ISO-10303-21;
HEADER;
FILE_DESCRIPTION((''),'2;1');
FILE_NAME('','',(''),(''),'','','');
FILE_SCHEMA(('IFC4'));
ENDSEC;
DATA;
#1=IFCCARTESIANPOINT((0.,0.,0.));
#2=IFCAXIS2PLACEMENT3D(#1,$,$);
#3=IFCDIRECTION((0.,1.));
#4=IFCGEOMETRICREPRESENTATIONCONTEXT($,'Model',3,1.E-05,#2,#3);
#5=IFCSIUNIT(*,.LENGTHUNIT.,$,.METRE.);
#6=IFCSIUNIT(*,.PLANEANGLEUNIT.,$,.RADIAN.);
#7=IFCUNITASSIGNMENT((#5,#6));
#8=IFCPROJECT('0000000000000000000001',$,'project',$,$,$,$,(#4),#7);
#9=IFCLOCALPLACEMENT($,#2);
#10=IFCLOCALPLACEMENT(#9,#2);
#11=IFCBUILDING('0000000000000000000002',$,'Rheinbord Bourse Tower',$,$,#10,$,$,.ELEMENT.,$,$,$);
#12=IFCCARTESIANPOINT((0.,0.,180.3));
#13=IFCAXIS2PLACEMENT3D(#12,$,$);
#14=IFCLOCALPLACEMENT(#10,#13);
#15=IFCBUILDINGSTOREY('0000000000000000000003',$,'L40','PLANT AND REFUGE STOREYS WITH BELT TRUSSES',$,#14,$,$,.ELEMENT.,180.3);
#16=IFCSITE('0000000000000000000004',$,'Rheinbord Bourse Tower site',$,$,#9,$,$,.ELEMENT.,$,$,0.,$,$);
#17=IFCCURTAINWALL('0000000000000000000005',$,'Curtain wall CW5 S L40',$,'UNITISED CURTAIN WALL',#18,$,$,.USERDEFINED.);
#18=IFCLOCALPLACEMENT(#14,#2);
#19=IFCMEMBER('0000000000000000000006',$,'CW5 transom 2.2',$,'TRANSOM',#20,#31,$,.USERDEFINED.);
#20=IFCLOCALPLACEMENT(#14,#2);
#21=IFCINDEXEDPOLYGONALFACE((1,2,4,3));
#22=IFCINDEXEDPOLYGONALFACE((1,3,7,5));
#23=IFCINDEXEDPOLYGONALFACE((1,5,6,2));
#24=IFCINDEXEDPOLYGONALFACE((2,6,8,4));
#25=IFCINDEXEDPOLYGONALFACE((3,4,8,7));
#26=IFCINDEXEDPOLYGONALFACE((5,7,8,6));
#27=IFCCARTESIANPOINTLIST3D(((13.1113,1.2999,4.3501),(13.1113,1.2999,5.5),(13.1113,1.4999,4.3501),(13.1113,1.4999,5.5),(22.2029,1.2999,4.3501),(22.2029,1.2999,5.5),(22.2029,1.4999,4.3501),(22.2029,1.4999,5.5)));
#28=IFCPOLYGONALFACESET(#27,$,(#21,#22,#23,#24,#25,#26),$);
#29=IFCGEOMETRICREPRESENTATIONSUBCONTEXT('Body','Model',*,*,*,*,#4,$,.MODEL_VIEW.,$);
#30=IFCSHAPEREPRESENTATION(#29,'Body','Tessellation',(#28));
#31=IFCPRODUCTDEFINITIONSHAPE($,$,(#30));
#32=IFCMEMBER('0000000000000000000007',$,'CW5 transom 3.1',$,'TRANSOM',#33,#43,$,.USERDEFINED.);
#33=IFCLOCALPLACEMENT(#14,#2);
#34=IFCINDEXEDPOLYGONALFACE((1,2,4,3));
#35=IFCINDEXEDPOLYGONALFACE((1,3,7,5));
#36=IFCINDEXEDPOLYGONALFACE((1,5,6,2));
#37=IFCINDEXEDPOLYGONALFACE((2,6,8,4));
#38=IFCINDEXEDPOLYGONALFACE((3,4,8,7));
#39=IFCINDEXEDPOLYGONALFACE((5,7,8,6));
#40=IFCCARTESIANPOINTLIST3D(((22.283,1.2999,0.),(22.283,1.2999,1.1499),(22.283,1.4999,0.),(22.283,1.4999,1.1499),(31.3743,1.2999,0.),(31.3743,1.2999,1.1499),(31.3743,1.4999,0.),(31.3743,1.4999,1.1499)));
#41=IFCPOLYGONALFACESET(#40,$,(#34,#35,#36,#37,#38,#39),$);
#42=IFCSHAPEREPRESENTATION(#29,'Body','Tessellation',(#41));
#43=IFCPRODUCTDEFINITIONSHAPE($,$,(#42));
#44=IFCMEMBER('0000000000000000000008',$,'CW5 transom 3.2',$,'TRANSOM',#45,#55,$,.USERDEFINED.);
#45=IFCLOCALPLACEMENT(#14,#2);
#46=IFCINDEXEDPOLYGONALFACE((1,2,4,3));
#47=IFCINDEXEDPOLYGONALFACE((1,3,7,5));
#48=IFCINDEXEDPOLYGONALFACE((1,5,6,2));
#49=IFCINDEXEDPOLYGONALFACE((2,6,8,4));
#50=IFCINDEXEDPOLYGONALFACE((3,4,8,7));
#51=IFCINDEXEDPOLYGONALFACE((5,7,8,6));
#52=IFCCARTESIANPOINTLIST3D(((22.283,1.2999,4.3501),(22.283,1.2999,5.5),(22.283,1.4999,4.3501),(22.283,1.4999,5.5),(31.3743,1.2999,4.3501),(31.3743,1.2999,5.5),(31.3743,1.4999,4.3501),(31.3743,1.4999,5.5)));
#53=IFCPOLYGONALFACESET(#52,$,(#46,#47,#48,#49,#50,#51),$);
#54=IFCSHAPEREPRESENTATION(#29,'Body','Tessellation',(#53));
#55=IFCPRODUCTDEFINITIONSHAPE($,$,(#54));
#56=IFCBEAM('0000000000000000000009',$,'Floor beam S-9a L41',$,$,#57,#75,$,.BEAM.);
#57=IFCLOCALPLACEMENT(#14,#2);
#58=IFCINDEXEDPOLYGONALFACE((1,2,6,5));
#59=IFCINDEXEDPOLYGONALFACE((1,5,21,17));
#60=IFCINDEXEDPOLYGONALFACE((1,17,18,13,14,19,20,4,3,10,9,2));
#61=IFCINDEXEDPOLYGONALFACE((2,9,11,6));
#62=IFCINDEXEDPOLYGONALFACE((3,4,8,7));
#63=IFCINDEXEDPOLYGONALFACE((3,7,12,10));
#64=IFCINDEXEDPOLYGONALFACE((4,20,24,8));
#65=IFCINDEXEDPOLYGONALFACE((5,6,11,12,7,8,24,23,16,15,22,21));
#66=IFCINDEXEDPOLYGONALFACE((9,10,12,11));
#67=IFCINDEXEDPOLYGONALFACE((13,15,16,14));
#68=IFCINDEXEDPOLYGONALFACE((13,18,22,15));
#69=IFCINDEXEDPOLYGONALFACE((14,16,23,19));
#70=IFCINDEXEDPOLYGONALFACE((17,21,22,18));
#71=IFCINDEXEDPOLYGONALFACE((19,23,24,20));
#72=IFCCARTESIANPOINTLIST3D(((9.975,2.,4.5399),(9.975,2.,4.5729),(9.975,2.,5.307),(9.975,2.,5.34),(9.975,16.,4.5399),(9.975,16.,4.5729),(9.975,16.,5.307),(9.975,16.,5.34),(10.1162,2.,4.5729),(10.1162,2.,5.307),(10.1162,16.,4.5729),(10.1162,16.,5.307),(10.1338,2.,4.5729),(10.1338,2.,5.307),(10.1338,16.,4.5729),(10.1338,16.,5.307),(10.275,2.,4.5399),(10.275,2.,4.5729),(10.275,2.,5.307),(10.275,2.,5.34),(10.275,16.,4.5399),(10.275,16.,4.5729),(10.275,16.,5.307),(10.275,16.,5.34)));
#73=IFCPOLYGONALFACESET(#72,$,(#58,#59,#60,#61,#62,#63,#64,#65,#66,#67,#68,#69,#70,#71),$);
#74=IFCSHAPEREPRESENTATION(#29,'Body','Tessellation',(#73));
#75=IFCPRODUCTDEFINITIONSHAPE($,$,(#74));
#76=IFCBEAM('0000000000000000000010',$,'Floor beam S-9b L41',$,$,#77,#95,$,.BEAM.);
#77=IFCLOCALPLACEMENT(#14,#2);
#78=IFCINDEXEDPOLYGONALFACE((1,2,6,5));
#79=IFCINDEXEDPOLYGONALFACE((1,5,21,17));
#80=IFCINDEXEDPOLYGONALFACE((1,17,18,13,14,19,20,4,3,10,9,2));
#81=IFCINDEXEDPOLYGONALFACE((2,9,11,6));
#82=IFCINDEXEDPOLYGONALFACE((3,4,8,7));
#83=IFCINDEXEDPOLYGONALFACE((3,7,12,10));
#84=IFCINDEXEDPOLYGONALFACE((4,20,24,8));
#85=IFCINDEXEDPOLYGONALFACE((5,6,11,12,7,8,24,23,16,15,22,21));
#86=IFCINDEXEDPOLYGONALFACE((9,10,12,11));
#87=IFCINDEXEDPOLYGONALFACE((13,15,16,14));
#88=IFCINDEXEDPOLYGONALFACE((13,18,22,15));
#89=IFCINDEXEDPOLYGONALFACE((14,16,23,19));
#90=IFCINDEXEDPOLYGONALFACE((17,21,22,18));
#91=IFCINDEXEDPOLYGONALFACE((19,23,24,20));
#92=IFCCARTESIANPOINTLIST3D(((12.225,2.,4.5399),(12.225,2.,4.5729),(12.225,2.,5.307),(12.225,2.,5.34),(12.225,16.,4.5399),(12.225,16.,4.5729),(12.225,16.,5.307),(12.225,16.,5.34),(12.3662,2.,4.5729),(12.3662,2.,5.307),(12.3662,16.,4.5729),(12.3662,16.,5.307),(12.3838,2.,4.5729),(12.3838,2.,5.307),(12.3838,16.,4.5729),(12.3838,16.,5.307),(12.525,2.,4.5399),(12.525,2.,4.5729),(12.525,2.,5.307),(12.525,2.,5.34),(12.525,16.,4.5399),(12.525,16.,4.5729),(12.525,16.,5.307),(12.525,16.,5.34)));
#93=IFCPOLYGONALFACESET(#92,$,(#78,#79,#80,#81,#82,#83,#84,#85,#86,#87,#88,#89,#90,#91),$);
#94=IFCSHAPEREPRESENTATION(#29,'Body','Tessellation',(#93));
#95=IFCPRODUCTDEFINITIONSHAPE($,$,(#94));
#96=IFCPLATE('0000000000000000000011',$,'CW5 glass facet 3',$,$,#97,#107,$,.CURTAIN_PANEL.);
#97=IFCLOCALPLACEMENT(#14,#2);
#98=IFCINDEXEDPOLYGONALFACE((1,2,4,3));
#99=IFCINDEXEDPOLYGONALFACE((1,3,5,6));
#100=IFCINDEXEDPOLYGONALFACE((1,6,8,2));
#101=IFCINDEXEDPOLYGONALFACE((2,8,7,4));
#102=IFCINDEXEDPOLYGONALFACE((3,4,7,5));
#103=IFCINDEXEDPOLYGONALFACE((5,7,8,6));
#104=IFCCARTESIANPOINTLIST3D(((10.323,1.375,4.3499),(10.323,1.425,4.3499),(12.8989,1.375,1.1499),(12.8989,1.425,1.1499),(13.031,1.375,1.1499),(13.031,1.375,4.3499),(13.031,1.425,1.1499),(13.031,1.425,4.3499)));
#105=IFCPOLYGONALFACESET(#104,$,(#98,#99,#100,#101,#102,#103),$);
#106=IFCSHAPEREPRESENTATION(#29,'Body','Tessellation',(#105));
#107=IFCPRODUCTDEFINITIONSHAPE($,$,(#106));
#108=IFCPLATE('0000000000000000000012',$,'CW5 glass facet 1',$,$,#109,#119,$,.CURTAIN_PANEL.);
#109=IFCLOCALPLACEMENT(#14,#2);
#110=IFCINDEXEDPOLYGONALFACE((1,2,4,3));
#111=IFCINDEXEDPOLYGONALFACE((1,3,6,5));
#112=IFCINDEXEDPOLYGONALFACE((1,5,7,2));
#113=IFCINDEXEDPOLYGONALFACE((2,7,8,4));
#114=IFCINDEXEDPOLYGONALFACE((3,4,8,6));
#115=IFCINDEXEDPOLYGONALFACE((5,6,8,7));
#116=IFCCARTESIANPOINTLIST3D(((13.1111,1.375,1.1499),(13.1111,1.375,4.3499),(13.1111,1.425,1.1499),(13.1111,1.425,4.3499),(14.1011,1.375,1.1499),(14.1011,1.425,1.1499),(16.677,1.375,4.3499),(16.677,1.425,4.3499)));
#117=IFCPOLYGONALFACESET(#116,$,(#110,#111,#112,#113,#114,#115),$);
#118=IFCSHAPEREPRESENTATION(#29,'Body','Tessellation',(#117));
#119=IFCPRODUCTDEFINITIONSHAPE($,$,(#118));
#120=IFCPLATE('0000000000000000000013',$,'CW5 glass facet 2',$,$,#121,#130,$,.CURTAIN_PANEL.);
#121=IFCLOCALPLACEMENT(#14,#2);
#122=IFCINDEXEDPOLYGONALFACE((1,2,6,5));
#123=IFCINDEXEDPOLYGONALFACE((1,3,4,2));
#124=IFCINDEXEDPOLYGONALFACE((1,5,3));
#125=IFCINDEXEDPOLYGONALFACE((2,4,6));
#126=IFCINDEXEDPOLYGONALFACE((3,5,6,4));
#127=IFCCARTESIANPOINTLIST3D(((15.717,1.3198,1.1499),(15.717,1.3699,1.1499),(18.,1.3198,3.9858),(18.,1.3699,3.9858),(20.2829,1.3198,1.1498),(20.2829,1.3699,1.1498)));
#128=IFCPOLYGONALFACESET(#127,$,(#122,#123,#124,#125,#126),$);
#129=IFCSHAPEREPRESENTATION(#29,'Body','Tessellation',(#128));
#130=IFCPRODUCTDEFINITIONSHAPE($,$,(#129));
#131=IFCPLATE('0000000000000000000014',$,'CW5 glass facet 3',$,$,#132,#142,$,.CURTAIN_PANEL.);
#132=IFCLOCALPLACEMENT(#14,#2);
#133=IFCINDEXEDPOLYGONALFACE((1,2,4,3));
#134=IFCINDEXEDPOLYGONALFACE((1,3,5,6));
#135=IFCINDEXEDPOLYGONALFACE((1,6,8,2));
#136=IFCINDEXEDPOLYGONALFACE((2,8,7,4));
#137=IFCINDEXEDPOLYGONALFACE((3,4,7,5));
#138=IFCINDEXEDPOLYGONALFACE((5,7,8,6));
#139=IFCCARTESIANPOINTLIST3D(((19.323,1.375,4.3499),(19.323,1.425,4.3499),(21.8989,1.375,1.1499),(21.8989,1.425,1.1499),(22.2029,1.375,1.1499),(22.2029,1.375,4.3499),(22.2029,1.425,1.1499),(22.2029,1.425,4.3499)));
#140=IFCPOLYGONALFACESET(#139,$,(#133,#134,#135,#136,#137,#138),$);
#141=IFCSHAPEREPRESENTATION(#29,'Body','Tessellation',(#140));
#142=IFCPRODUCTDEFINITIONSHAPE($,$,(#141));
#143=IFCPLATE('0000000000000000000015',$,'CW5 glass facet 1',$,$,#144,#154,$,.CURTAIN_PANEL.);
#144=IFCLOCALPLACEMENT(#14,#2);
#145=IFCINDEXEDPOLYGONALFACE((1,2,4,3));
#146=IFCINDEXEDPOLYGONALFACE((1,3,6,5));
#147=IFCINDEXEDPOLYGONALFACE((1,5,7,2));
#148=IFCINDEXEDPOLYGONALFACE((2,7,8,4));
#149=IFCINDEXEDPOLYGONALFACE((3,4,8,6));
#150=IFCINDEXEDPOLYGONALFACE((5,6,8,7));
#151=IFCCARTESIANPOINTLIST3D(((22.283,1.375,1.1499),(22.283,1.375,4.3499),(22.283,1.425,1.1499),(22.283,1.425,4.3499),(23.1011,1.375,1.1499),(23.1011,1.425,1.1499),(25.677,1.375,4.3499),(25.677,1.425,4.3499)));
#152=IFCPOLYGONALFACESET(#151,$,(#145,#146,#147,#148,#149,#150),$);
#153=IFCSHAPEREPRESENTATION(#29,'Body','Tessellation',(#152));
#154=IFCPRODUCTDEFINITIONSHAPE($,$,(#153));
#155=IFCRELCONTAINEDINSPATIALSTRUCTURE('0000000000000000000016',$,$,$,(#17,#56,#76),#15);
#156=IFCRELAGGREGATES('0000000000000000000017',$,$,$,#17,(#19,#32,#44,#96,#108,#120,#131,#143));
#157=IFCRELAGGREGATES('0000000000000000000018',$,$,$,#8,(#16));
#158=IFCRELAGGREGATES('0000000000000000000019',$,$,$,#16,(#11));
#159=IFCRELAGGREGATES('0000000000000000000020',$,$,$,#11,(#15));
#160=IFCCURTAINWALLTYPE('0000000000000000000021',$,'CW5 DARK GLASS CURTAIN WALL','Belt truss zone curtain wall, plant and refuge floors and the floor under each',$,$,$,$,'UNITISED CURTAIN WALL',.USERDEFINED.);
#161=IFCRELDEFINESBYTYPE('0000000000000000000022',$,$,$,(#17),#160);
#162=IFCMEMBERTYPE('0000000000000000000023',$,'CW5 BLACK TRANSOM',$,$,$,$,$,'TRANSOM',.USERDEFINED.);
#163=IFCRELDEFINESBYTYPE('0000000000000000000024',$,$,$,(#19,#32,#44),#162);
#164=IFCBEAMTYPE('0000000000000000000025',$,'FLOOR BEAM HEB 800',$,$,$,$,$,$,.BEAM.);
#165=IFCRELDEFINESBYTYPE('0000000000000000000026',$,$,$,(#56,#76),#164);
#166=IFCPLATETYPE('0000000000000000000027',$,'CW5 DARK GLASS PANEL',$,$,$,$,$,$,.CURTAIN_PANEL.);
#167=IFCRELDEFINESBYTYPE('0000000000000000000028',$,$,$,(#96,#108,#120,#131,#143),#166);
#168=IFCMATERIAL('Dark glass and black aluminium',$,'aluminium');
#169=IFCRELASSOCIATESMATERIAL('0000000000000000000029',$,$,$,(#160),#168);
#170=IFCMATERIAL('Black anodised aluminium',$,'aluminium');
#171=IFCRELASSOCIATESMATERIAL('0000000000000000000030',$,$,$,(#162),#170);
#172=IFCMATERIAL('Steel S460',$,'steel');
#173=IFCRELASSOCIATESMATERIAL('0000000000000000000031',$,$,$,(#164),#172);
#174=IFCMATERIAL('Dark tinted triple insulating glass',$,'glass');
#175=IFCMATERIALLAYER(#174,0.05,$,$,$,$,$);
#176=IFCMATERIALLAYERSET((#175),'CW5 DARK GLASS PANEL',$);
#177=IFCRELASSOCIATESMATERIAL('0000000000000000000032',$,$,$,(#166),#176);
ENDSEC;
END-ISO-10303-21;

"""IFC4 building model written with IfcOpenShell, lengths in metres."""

from ifc_helpers import new_model, si_unit, direction, frame, origin, origin_2d, place, context, subcontext, project, spatial, polyline, rectangle, i_section, outline, extrude, material, layer, layer_set, material_profile, profile_set, type_object, element, aggregate, save


model = new_model("IFC4")

# Units and contexts
model_context = context("Model", 3, precision=1e-05, world=origin(), true_north=direction((0.0, 1.0)))
body_context = subcontext(model_context, "Body", "Model", "MODEL_VIEW")
ifc_project = project(units=[si_unit("LENGTHUNIT", "METRE"), si_unit("PLANEANGLEUNIT", "RADIAN")], contexts=[model_context])

# Site, building, storey
site_placement = place(None, origin())
site = spatial("IfcSite", under=ifc_project, at=site_placement, Name="Rheinbord Bourse Tower site", CompositionType="ELEMENT", RefElevation=0.0)
building_placement = place(site_placement, origin())
building = spatial("IfcBuilding", under=site, at=building_placement, Name="Rheinbord Bourse Tower", CompositionType="ELEMENT")
storey_placement = place(building_placement, frame((0.0, 0.0, 180.3)))
storey = spatial("IfcBuildingStorey", under=building, at=storey_placement, Name="L40", Description="PLANT AND REFUGE STOREYS WITH BELT TRUSSES", CompositionType="ELEMENT", Elevation=180.3)

# Curtain wall, members
ifc_material_1 = material(Name="Dark glass and black aluminium", Category="aluminium")
curtain_wall_type = type_object("IfcCurtainWallType", Name="CW5 DARK GLASS CURTAIN WALL", Description="Belt truss zone curtain wall, plant and refuge floors and the floor under each", ElementType="UNITISED CURTAIN WALL", PredefinedType="USERDEFINED", material=ifc_material_1)
curtain_wall_placement = place(storey_placement, origin())
curtain_wall = element("IfcCurtainWall", 1, at=curtain_wall_placement, inside=storey, type_object=curtain_wall_type, Name="Curtain wall CW5 S L40", ObjectType="UNITISED CURTAIN WALL", PredefinedType="USERDEFINED")
ifc_material_2 = material(Name="Black anodised aluminium", Category="aluminium")
ifc_material_profile_1 = material_profile(ifc_material_2, rectangle(XDim=0.2, YDim=1.1499, at=origin_2d()), Name="CW5 TRANSOM 1150x200")
ifc_profile_set_1 = profile_set([ifc_material_profile_1], Name="Black anodised aluminium")
member_type_1 = type_object("IfcMemberType", Name="CW5 BLACK TRANSOM", ElementType="TRANSOM", PredefinedType="USERDEFINED", material=ifc_profile_set_1)
member_1_placement = place(storey_placement, frame((13.1113, 1.3999, 4.925), z_axis=(1.0, 0.0, 0.0), x_axis=(0.0, 1.0, 0.0)))
member_1 = element("IfcMember", 2, at=member_1_placement, type_object=member_type_1, Name="CW5 transom 2.2", ObjectType="TRANSOM", PredefinedType="USERDEFINED", context=body_context, shape_type="SweptSolid", body=[
    extrude(rectangle(XDim=0.2, YDim=1.1499, at=origin_2d()), origin(), (0.0, 0.0, 1.0), 9.0916),
])
member_2_placement = place(storey_placement, frame((22.283, 1.3999, 0.575), z_axis=(1.0, 0.0, 0.0), x_axis=(0.0, 1.0, 0.0)))
member_2 = element("IfcMember", 3, at=member_2_placement, type_object=member_type_1, Name="CW5 transom 3.1", ObjectType="TRANSOM", PredefinedType="USERDEFINED", context=body_context, shape_type="SweptSolid", body=[
    extrude(rectangle(XDim=0.2, YDim=1.1499, at=origin_2d()), origin(), (0.0, 0.0, 1.0), 9.0913),
])
member_3_placement = place(storey_placement, frame((22.283, 1.3999, 4.925), z_axis=(1.0, 0.0, 0.0), x_axis=(0.0, 1.0, 0.0)))
member_3 = element("IfcMember", 4, at=member_3_placement, type_object=member_type_1, Name="CW5 transom 3.2", ObjectType="TRANSOM", PredefinedType="USERDEFINED", context=body_context, shape_type="SweptSolid", body=[
    extrude(rectangle(XDim=0.2, YDim=1.1499, at=origin_2d()), origin(), (0.0, 0.0, 1.0), 9.0913),
])

# Beams
ifc_material_3 = material(Name="Steel S460", Category="steel")
ifc_material_profile_2 = material_profile(ifc_material_3, i_section(OverallWidth=0.3, OverallDepth=0.8, WebThickness=0.0176, FlangeThickness=0.033, at=origin_2d()), Name="HEB 800")
ifc_profile_set_2 = profile_set([ifc_material_profile_2], Name="Steel S460")
beam_type_1 = type_object("IfcBeamType", Name="FLOOR BEAM HEB 800", PredefinedType="BEAM", material=ifc_profile_set_2)
for number, where, z_axis, x_axis, name in (
    (5, (10.125, 2.0, 4.9399), (0.0, 1.0, 0.0), (-1.0, 0.0, 0.0), "Floor beam S-9a L41"),
    (6, (12.375, 2.0, 4.9399), (0.0, 1.0, 0.0), (-1.0, 0.0, 0.0), "Floor beam S-9b L41"),
):
    element("IfcBeam", number, at=place(storey_placement, frame(where, z_axis=z_axis, x_axis=x_axis)), inside=storey, type_object=beam_type_1, Name=name, PredefinedType="BEAM", context=body_context, shape_type="SweptSolid", body=[
        extrude(i_section(OverallWidth=0.3, OverallDepth=0.8, WebThickness=0.0176, FlangeThickness=0.033, at=origin_2d()), origin(), (0.0, 0.0, 1.0), 14.0),
    ])

# Plates
ifc_material_4 = material(Name="Dark tinted triple insulating glass", Category="glass")
ifc_layer = layer(ifc_material_4, 0.05)
ifc_layer_set = layer_set([ifc_layer], Name="CW5 DARK GLASS PANEL")
plate_type = type_object("IfcPlateType", Name="CW5 DARK GLASS PANEL", PredefinedType="CURTAIN_PANEL", material=ifc_layer_set)
plate_1_placement = place(storey_placement, frame((13.031, 1.375, 4.3499), z_axis=(0.0, 1.0, 0.0), x_axis=(0.0, 0.0, -1.0)))
plate_1 = element("IfcPlate", 7, at=plate_1_placement, type_object=plate_type, Name="CW5 glass facet 3", PredefinedType="CURTAIN_PANEL", context=body_context, shape_type="SweptSolid", body=[
    extrude(outline(polyline([(0.0, 0.0), (3.2, 0.0), (3.2, 0.1321), (0.0, 2.708), (0.0, 0.0)])), origin(), (0.0, 0.0, 1.0), 0.05),
])
plate_2_placement = place(storey_placement, frame((13.1111, 1.375, 1.1499), z_axis=(0.0, 1.0, 0.0), x_axis=(0.0, 0.0, 1.0)))
plate_2 = element("IfcPlate", 8, at=plate_2_placement, type_object=plate_type, Name="CW5 glass facet 1", PredefinedType="CURTAIN_PANEL", context=body_context, shape_type="SweptSolid", body=[
    extrude(outline(polyline([(0.0, 0.0), (3.2, 0.0), (3.2, 3.5659), (0.0, 0.99), (0.0, 0.0)])), origin(), (0.0, 0.0, 1.0), 0.05),
])
plate_3_placement = place(storey_placement, frame((15.717, 1.3198, 1.1499), z_axis=(0.0, 1.0, 0.0), x_axis=(0.627072, 0.0, 0.778961)))
plate_3 = element("IfcPlate", 9, at=plate_3_placement, type_object=plate_type, Name="CW5 glass facet 2", PredefinedType="CURTAIN_PANEL", context=body_context, shape_type="SweptSolid", body=[
    extrude(outline(polyline([(0.0, 0.0), (3.6406, 0.0), (2.863, 3.5566), (0.0, 0.0)])), origin(), (0.0, 0.0, 1.0), 0.05),
])
plate_4_placement = place(storey_placement, frame((22.2029, 1.375, 4.3499), z_axis=(0.0, 1.0, 0.0), x_axis=(0.0, 0.0, -1.0)))
plate_4 = element("IfcPlate", 10, at=plate_4_placement, type_object=plate_type, Name="CW5 glass facet 3", PredefinedType="CURTAIN_PANEL", context=body_context, shape_type="SweptSolid", body=[
    extrude(outline(polyline([(0.0, 0.0), (3.2, 0.0), (3.2, 0.304), (0.0, 2.8799), (0.0, 0.0)])), origin(), (0.0, 0.0, 1.0), 0.05),
])
plate_5_placement = place(storey_placement, frame((22.283, 1.375, 1.1499), z_axis=(0.0, 1.0, 0.0), x_axis=(0.0, 0.0, 1.0)))
plate_5 = element("IfcPlate", 11, at=plate_5_placement, type_object=plate_type, Name="CW5 glass facet 1", PredefinedType="CURTAIN_PANEL", context=body_context, shape_type="SweptSolid", body=[
    extrude(outline(polyline([(0.0, 0.0), (3.2, 0.0), (3.2, 3.394), (0.0, 0.8181), (0.0, 0.0)])), origin(), (0.0, 0.0, 1.0), 0.05),
])
aggregate(curtain_wall, [member_1, member_2, member_3, plate_1, plate_2, plate_3, plate_4, plate_5])

save(model, "model.ifc")
